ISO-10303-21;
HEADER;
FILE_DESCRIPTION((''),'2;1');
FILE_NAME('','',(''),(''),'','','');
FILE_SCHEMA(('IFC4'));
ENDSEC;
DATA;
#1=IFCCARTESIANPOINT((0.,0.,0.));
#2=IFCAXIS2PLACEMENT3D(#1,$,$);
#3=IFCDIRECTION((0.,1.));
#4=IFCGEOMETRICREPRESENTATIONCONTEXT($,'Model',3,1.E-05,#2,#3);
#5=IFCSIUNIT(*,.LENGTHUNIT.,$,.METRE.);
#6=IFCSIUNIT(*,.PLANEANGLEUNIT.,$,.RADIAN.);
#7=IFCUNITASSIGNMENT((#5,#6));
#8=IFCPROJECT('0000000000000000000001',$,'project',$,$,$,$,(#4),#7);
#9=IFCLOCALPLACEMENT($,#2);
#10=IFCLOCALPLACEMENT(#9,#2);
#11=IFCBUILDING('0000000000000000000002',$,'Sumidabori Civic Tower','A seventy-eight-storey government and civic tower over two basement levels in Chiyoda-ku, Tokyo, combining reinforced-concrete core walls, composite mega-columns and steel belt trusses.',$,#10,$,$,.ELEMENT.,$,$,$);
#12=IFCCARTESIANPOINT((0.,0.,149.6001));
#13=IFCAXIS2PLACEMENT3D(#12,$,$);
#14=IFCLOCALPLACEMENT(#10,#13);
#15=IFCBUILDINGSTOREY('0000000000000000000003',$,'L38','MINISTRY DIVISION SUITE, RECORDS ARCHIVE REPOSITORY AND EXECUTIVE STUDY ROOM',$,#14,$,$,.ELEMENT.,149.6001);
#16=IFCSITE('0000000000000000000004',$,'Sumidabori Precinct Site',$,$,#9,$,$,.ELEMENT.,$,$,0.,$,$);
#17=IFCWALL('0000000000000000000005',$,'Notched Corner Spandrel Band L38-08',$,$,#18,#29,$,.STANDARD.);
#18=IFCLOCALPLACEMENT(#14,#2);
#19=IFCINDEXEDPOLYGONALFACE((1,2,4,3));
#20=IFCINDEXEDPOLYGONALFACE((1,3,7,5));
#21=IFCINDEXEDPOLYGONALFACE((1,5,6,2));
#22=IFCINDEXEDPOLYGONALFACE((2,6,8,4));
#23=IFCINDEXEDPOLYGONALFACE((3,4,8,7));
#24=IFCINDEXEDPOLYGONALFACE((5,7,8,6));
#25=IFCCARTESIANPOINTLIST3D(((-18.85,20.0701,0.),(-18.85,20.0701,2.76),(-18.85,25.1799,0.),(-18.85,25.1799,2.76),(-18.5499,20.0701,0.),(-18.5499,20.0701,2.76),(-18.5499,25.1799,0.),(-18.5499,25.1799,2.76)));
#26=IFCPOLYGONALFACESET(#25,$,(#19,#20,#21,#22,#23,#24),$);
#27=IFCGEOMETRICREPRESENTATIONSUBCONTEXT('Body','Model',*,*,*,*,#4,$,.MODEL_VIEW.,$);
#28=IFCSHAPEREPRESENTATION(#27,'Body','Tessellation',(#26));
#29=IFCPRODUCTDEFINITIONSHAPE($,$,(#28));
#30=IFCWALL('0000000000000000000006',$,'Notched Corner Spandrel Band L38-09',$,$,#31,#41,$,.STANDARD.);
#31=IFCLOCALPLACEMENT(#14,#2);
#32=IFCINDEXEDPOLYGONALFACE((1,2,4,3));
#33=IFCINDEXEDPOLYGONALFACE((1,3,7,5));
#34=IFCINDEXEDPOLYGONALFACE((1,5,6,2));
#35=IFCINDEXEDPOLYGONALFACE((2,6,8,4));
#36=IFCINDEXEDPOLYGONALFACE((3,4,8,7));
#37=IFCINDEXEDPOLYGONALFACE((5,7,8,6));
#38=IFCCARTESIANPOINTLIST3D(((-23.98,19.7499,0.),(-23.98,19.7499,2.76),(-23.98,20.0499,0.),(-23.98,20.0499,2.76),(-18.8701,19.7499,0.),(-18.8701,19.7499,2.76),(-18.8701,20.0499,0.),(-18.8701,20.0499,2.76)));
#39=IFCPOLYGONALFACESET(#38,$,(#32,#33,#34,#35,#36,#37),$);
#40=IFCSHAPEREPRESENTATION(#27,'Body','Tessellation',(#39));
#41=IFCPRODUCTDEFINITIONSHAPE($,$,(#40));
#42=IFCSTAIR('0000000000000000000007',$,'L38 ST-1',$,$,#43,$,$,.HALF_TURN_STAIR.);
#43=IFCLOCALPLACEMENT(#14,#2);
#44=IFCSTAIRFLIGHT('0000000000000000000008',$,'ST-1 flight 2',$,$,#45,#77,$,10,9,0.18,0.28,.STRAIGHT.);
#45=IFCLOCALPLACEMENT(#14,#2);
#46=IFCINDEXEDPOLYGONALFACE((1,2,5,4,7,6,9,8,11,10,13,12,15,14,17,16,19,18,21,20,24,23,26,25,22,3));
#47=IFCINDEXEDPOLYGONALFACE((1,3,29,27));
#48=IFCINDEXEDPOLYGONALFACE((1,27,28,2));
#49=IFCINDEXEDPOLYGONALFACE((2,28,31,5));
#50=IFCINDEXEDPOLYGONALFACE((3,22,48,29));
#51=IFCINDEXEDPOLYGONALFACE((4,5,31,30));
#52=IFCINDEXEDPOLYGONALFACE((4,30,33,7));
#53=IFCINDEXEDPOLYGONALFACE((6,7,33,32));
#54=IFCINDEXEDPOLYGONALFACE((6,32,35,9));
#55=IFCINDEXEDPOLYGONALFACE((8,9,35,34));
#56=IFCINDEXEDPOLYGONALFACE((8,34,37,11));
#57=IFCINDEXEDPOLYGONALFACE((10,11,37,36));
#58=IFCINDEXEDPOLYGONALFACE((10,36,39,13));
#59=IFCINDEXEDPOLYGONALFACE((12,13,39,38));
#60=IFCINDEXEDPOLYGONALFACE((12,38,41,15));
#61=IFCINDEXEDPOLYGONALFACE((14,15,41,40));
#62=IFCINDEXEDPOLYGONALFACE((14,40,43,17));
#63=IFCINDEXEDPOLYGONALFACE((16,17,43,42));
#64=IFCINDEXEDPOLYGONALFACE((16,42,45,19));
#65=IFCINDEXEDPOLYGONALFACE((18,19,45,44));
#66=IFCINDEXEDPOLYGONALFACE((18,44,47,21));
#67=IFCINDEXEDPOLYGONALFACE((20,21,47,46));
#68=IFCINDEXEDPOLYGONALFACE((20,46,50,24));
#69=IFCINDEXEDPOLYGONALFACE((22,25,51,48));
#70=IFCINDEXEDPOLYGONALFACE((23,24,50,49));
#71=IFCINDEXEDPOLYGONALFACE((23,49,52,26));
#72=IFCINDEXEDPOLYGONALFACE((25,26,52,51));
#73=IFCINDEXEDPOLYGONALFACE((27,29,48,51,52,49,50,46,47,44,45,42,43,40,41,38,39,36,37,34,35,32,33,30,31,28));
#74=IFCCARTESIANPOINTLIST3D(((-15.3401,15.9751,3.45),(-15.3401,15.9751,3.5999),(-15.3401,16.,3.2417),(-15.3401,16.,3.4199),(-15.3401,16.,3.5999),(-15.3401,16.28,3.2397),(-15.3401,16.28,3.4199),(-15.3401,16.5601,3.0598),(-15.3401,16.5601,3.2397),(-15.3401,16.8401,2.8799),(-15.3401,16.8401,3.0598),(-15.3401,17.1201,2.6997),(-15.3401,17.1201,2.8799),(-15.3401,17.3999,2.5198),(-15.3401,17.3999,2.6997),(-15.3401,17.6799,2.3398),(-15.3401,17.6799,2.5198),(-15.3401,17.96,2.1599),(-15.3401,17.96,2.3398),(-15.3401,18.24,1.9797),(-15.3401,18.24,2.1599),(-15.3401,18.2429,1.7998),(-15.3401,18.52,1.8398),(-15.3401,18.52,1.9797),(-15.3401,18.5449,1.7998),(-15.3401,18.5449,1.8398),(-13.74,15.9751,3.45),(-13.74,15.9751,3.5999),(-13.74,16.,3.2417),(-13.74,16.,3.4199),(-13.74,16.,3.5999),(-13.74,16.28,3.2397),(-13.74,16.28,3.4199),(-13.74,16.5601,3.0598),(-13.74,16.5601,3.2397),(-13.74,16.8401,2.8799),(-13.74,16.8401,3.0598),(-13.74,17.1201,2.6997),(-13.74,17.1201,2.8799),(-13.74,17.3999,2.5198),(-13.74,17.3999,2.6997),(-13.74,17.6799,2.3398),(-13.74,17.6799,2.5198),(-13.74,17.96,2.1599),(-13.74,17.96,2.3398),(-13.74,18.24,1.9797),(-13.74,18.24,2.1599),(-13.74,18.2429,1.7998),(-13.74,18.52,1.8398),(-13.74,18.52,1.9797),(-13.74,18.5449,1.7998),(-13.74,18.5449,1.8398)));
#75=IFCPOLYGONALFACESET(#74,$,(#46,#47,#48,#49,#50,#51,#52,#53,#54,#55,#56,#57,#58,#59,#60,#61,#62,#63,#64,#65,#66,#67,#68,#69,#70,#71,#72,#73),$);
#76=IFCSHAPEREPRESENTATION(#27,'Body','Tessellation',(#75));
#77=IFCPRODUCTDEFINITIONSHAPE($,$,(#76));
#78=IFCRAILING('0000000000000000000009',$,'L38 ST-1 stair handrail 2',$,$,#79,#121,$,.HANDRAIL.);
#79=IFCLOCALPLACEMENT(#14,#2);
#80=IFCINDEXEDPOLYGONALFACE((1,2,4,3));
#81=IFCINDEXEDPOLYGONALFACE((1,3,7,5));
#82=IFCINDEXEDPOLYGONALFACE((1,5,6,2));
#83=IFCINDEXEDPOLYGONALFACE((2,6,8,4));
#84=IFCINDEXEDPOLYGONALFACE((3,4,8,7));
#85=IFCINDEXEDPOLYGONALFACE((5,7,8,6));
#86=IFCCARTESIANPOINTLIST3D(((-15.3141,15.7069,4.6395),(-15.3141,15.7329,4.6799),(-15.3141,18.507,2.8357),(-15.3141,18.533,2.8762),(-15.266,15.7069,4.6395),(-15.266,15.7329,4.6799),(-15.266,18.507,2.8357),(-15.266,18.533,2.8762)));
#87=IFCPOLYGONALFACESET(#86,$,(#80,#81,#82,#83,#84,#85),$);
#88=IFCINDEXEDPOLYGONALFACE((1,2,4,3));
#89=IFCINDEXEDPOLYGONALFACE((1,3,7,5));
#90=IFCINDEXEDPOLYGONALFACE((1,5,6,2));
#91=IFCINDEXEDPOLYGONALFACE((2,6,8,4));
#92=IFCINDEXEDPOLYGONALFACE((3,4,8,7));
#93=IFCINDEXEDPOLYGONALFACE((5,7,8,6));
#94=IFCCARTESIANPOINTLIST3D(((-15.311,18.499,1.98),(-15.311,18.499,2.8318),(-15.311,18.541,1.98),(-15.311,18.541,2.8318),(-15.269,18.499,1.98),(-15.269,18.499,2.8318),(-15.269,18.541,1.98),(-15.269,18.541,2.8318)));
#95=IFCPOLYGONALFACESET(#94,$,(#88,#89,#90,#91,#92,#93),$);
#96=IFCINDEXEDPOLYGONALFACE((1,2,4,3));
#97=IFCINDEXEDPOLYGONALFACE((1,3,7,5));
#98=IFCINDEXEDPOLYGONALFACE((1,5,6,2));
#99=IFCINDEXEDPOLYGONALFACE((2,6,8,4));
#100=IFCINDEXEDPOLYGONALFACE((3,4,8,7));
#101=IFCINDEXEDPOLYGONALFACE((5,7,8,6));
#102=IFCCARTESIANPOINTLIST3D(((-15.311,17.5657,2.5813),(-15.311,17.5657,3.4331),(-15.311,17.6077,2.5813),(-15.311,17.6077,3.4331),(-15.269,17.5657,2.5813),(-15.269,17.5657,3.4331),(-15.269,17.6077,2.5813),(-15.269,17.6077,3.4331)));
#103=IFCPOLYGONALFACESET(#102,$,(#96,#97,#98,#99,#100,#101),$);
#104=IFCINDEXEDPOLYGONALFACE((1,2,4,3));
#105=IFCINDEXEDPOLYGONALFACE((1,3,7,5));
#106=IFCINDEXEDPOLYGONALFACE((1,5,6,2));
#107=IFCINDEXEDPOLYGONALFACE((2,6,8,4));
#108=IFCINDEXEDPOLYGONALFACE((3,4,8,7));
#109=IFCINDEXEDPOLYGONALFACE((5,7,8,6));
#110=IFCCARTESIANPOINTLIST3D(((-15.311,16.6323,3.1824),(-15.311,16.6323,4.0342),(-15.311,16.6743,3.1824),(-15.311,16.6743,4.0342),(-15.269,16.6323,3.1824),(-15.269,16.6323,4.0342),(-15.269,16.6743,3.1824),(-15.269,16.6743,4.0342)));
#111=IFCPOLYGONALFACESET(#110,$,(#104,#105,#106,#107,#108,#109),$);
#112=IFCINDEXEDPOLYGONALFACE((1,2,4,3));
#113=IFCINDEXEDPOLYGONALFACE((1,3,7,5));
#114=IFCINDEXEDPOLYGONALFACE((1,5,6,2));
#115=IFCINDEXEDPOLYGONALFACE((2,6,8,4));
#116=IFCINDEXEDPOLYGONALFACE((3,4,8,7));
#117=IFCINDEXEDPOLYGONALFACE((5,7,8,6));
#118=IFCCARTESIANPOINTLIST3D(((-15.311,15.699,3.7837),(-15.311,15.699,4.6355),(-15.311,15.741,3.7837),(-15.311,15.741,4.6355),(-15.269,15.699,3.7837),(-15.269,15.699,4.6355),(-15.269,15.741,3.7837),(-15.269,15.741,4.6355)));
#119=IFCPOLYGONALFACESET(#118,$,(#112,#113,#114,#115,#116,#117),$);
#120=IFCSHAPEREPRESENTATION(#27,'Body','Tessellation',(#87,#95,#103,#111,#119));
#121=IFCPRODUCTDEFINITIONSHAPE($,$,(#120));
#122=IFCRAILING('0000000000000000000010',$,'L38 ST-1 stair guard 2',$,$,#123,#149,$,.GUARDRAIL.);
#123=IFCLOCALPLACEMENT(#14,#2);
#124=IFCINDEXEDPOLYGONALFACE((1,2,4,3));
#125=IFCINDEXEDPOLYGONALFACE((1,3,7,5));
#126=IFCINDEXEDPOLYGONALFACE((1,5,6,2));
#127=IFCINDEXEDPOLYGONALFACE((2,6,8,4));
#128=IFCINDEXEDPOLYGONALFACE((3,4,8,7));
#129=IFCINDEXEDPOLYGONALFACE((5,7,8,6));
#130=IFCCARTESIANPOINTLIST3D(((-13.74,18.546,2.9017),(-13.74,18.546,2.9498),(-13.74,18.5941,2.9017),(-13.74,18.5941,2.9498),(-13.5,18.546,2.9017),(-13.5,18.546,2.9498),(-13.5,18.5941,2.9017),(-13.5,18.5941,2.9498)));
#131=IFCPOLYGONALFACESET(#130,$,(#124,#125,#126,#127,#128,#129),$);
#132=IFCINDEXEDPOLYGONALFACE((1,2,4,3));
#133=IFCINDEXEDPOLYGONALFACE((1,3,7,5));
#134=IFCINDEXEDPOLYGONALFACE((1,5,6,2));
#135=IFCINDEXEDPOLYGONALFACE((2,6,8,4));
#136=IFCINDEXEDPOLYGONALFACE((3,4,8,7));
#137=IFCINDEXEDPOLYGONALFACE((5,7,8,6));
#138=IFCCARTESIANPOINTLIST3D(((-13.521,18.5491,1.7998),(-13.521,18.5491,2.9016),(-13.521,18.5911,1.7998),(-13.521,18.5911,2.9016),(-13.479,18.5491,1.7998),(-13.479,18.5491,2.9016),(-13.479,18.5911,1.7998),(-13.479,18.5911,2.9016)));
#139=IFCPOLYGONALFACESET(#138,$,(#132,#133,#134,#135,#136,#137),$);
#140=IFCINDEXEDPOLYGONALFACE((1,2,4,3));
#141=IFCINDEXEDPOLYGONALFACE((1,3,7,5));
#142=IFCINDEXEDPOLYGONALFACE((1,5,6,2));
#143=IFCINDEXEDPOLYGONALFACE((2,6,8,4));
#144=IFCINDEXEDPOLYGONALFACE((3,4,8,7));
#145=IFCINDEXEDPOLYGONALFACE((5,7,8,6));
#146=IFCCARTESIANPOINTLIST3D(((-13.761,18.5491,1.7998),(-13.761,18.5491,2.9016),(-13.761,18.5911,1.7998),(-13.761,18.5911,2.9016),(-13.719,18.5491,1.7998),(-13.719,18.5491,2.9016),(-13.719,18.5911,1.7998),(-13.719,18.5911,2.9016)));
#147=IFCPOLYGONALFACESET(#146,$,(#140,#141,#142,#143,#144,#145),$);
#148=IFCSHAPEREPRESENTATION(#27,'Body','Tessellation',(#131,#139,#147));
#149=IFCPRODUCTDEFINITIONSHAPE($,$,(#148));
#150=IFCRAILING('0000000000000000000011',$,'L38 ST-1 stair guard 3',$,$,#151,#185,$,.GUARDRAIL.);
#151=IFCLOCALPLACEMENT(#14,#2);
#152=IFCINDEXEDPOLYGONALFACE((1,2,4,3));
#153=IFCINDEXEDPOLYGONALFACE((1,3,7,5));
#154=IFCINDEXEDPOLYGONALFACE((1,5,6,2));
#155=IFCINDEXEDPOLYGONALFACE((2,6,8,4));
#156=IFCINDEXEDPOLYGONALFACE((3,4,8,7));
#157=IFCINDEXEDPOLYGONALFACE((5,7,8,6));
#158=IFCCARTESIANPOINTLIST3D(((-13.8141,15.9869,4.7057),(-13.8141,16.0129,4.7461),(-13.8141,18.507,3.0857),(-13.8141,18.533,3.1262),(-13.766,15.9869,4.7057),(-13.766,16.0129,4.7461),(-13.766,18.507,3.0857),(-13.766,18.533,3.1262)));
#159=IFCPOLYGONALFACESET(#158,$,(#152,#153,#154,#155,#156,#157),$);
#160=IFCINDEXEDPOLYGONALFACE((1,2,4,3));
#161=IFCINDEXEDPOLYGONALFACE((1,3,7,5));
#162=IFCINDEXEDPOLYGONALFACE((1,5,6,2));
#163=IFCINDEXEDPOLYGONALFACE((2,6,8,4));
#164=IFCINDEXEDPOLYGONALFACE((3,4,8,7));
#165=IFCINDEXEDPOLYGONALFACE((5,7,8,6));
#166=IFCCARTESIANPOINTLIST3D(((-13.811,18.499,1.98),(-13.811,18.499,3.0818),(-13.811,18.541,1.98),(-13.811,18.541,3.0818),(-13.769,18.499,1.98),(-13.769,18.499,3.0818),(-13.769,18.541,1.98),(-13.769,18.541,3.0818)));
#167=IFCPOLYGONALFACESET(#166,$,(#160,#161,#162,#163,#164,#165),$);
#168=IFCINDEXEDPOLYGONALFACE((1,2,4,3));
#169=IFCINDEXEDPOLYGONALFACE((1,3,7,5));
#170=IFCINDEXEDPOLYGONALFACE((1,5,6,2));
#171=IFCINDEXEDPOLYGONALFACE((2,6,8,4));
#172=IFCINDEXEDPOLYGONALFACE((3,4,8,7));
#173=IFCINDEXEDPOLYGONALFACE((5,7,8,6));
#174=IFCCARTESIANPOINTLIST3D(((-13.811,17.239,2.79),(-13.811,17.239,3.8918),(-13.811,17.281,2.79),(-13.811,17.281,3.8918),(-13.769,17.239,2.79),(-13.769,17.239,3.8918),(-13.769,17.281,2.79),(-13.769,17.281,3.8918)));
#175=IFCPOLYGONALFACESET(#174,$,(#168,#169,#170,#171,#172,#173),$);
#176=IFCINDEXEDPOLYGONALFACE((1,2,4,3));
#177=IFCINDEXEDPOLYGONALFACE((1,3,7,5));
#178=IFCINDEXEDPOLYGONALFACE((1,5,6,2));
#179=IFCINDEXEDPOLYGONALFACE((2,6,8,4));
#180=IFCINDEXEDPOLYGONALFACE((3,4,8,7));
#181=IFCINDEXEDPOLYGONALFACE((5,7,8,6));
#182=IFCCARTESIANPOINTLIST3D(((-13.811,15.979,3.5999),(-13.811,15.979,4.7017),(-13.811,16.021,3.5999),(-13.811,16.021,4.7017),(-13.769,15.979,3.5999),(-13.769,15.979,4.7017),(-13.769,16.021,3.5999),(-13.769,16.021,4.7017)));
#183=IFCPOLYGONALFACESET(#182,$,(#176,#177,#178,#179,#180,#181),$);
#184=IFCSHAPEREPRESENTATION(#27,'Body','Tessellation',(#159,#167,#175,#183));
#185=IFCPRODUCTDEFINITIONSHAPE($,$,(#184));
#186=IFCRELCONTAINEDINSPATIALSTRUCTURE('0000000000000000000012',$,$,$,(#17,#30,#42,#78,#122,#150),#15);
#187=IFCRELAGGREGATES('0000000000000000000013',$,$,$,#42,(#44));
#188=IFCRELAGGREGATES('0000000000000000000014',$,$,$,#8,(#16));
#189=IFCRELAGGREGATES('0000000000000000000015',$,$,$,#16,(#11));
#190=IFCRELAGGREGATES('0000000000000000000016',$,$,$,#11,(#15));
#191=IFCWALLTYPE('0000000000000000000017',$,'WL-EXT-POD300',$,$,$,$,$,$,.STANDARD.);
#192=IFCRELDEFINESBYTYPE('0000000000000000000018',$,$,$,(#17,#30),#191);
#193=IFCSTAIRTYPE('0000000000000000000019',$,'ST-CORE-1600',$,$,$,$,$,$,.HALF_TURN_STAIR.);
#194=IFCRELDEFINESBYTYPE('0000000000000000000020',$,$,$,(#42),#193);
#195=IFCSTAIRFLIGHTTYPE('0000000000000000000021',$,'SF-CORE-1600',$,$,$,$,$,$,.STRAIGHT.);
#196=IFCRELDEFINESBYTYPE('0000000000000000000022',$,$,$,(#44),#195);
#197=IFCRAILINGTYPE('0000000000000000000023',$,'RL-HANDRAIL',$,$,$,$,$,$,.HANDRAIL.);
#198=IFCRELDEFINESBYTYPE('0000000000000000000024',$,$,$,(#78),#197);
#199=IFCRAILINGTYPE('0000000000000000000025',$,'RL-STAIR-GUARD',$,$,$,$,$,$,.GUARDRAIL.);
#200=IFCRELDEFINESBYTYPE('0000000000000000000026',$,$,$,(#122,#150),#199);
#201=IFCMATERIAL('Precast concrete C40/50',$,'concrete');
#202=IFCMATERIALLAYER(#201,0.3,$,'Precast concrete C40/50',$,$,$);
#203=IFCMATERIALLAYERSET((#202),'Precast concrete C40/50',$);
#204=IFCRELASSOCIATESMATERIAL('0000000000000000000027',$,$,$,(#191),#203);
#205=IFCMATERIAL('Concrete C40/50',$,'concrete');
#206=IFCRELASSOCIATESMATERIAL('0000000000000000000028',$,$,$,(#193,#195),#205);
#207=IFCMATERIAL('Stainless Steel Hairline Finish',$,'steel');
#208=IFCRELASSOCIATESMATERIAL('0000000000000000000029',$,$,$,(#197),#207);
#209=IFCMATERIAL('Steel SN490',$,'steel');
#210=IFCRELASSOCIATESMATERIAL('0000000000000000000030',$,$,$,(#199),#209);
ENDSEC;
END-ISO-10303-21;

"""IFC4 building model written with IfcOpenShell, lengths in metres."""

from ifc_helpers import new_model, si_unit, direction, frame, frame_2d, origin, origin_2d, place, context, subcontext, project, spatial, polyline, rectangle, outline, extrude, source, transform, mapped, material, layer, layer_set, type_object, element, aggregate, save


model = new_model("IFC4")

# Units and contexts
model_context = context("Model", 3, precision=1e-05, world=origin(), true_north=direction((0.0, 1.0)))
body_context = subcontext(model_context, "Body", "Model", "MODEL_VIEW")
ifc_project = project(units=[si_unit("LENGTHUNIT", "METRE"), si_unit("PLANEANGLEUNIT", "RADIAN")], contexts=[model_context])

# Site, building, storey
site_placement = place(None, origin())
site = spatial("IfcSite", under=ifc_project, at=site_placement, Name="Sumidabori Precinct Site", CompositionType="ELEMENT", RefElevation=0.0)
building_placement = place(site_placement, origin())
building = spatial("IfcBuilding", under=site, at=building_placement, Name="Sumidabori Civic Tower", Description="A seventy-eight-storey government and civic tower over two basement levels in Chiyoda-ku, Tokyo, combining reinforced-concrete core walls, composite mega-columns and steel belt trusses.", CompositionType="ELEMENT")
storey_placement = place(building_placement, frame((0.0, 0.0, 149.6001)))
storey = spatial("IfcBuildingStorey", under=building, at=storey_placement, Name="L38", Description="MINISTRY DIVISION SUITE, RECORDS ARCHIVE REPOSITORY AND EXECUTIVE STUDY ROOM", CompositionType="ELEMENT", Elevation=149.6001)

# Shared definitions
ifc_material_1 = material(Name="Steel SN490", Category="steel")

# Walls
ifc_material_2 = material(Name="Precast concrete C40/50", Category="concrete")
ifc_layer_1 = layer(ifc_material_2, 0.3, Name="Precast concrete C40/50")
ifc_layer_set_1 = layer_set([ifc_layer_1], Name="Precast concrete C40/50")
wall_type_1 = type_object("IfcWallType", Name="WL-EXT-POD300", PredefinedType="STANDARD", material=ifc_layer_set_1)
shared_shape_1 = source(origin(), body_context, "Body", "SweptSolid", [
    extrude(rectangle(XDim=5.1099, YDim=0.3, at=frame_2d((2.5549, 0.0))), origin(), (0.0, 0.0, 1.0), 2.76),
])
for number, where, z_axis, x_axis, name in (
    (1, (-18.7, 25.1799, 0.0), (0.0, 0.0, 1.0), (0.0, -1.0, 0.0), "Notched Corner Spandrel Band L38-08"),
    (2, (-18.8701, 19.8999, 0.0), (0.0, 0.0, 1.0), (-1.0, 0.0, 0.0), "Notched Corner Spandrel Band L38-09"),
):
    element("IfcWall", number, at=place(storey_placement, frame(where, z_axis=z_axis, x_axis=x_axis)), inside=storey, type_object=wall_type_1, Name=name, PredefinedType="STANDARD", context=body_context, shape_type="MappedRepresentation", body=[
        mapped(shared_shape_1, transform((0.0, 0.0, 0.0), x_axis=(1.0, 0.0, 0.0), y_axis=(0.0, 1.0, 0.0), z_axis=(0.0, 0.0, 1.0), scale=1.0)),
    ])

# Stair, stair flight
ifc_material_3 = material(Name="Concrete C40/50", Category="concrete")
stair_type = type_object("IfcStairType", Name="ST-CORE-1600", PredefinedType="HALF_TURN_STAIR", material=ifc_material_3)
stair_placement = place(storey_placement, origin())
stair = element("IfcStair", 3, at=stair_placement, inside=storey, type_object=stair_type, Name="L38 ST-1", PredefinedType="HALF_TURN_STAIR")
stair_flight_type = type_object("IfcStairFlightType", Name="SF-CORE-1600", PredefinedType="STRAIGHT", material=ifc_material_3)
shared_shape_2 = source(origin(), body_context, "Body", "SweptSolid", [
    extrude(outline(polyline([(-0.0249, 0.0), (-0.0249, 0.04), (0.0, 0.04), (0.0, 0.1799), (0.28, 0.1799), (0.28, 0.3601), (0.5601, 0.3601), (0.5601, 0.54), (0.8401, 0.54), (0.8401, 0.72), (1.1201, 0.72), (1.1201, 0.8999), (1.3999, 0.8999), (1.3999, 1.0801), (1.6799, 1.0801), (1.6799, 1.26), (1.96, 1.26), (1.96, 1.4399), (2.24, 1.4399), (2.24, 1.6201), (2.52, 1.6201), (2.52, 1.8), (2.5449, 1.8), (2.5449, 1.6501), (2.52, 1.4419), (0.2771, 0.0), (-0.0249, 0.0)])), frame((0.0, 0.8, 0.0), z_axis=(0.0, -1.0, 0.0), x_axis=(1.0, 0.0, 0.0)), (0.0, 0.0, 1.0), 1.6001),
])
stair_flight_placement = place(storey_placement, frame((-14.54, 18.52, 1.7998), z_axis=(0.0, 0.0, 1.0), x_axis=(0.0, -1.0, 0.0)))
stair_flight = element("IfcStairFlight", 4, at=stair_flight_placement, type_object=stair_flight_type, Name="ST-1 flight 2", NumberOfRisers=10, NumberOfTreads=9, PredefinedType="STRAIGHT", RiserHeight=0.18, TreadLength=0.28, context=body_context, shape_type="MappedRepresentation", body=[
    mapped(shared_shape_2, transform((0.0, 0.0, 0.0), x_axis=(1.0, 0.0, 0.0), y_axis=(0.0, 1.0, 0.0), z_axis=(0.0, 0.0, 1.0), scale=1.0)),
])
aggregate(stair, [stair_flight])

# Railings
ifc_material_4 = material(Name="Stainless Steel Hairline Finish", Category="steel")
railing_type_1 = type_object("IfcRailingType", Name="RL-HANDRAIL", PredefinedType="HANDRAIL", material=ifc_material_4)
railing_1_placement = place(storey_placement, frame((-15.29, 18.52, 1.98)))
element("IfcRailing", 5, at=railing_1_placement, inside=storey, type_object=railing_type_1, Name="L38 ST-1 stair handrail 2", PredefinedType="HANDRAIL", context=body_context, shape_type="SweptSolid", body=[
    extrude(rectangle(XDim=0.0481, YDim=0.0481, at=origin_2d()), frame((0.0, 0.0, 0.876), z_axis=(0.0, -0.840676, 0.541539), x_axis=(1.0, 0.0, 0.0)), (0.0, 0.0, 1.0), 3.3308),
    extrude(rectangle(XDim=0.042, YDim=0.042, at=origin_2d()), origin(), (0.0, 0.0, 1.0), 0.8518),
    extrude(rectangle(XDim=0.042, YDim=0.042, at=origin_2d()), frame((0.0, -0.9333, 0.6013)), (0.0, 0.0, 1.0), 0.8518),
    extrude(rectangle(XDim=0.042, YDim=0.042, at=origin_2d()), frame((0.0, -1.8667, 1.2024)), (0.0, 0.0, 1.0), 0.8518),
    extrude(rectangle(XDim=0.042, YDim=0.042, at=origin_2d()), frame((0.0, -2.8, 1.8037)), (0.0, 0.0, 1.0), 0.8518),
])
railing_type_2 = type_object("IfcRailingType", Name="RL-STAIR-GUARD", PredefinedType="GUARDRAIL", material=ifc_material_1)
railing_2_placement = place(storey_placement, frame((-13.5, 18.5701, 1.7998)))
element("IfcRailing", 6, at=railing_2_placement, inside=storey, type_object=railing_type_2, Name="L38 ST-1 stair guard 2", PredefinedType="GUARDRAIL", context=body_context, shape_type="SweptSolid", body=[
    extrude(rectangle(XDim=0.0481, YDim=0.0481, at=origin_2d()), frame((0.0, 0.0, 1.126), z_axis=(-1.0, 0.0, 0.0), x_axis=(0.0, -1.0, 0.0)), (0.0, 0.0, 1.0), 0.24),
    extrude(rectangle(XDim=0.042, YDim=0.042, at=origin_2d()), origin(), (0.0, 0.0, 1.0), 1.1018),
    extrude(rectangle(XDim=0.042, YDim=0.042, at=origin_2d()), frame((-0.24, 0.0, 0.0)), (0.0, 0.0, 1.0), 1.1018),
])
railing_3_placement = place(storey_placement, frame((-13.79, 18.52, 1.98)))
element("IfcRailing", 7, at=railing_3_placement, inside=storey, type_object=railing_type_2, Name="L38 ST-1 stair guard 3", PredefinedType="GUARDRAIL", context=body_context, shape_type="SweptSolid", body=[
    extrude(rectangle(XDim=0.0481, YDim=0.0481, at=origin_2d()), frame((0.0, 0.0, 1.126), z_axis=(0.0, -0.8412, 0.540725), x_axis=(1.0, 0.0, 0.0)), (0.0, 0.0, 1.0), 2.9958),
    extrude(rectangle(XDim=0.042, YDim=0.042, at=origin_2d()), origin(), (0.0, 0.0, 1.0), 1.1018),
    extrude(rectangle(XDim=0.042, YDim=0.042, at=origin_2d()), frame((0.0, -1.26, 0.8101)), (0.0, 0.0, 1.0), 1.1018),
    extrude(rectangle(XDim=0.042, YDim=0.042, at=origin_2d()), frame((0.0, -2.52, 1.6199)), (0.0, 0.0, 1.0), 1.1018),
])

save(model, "model.ifc")
